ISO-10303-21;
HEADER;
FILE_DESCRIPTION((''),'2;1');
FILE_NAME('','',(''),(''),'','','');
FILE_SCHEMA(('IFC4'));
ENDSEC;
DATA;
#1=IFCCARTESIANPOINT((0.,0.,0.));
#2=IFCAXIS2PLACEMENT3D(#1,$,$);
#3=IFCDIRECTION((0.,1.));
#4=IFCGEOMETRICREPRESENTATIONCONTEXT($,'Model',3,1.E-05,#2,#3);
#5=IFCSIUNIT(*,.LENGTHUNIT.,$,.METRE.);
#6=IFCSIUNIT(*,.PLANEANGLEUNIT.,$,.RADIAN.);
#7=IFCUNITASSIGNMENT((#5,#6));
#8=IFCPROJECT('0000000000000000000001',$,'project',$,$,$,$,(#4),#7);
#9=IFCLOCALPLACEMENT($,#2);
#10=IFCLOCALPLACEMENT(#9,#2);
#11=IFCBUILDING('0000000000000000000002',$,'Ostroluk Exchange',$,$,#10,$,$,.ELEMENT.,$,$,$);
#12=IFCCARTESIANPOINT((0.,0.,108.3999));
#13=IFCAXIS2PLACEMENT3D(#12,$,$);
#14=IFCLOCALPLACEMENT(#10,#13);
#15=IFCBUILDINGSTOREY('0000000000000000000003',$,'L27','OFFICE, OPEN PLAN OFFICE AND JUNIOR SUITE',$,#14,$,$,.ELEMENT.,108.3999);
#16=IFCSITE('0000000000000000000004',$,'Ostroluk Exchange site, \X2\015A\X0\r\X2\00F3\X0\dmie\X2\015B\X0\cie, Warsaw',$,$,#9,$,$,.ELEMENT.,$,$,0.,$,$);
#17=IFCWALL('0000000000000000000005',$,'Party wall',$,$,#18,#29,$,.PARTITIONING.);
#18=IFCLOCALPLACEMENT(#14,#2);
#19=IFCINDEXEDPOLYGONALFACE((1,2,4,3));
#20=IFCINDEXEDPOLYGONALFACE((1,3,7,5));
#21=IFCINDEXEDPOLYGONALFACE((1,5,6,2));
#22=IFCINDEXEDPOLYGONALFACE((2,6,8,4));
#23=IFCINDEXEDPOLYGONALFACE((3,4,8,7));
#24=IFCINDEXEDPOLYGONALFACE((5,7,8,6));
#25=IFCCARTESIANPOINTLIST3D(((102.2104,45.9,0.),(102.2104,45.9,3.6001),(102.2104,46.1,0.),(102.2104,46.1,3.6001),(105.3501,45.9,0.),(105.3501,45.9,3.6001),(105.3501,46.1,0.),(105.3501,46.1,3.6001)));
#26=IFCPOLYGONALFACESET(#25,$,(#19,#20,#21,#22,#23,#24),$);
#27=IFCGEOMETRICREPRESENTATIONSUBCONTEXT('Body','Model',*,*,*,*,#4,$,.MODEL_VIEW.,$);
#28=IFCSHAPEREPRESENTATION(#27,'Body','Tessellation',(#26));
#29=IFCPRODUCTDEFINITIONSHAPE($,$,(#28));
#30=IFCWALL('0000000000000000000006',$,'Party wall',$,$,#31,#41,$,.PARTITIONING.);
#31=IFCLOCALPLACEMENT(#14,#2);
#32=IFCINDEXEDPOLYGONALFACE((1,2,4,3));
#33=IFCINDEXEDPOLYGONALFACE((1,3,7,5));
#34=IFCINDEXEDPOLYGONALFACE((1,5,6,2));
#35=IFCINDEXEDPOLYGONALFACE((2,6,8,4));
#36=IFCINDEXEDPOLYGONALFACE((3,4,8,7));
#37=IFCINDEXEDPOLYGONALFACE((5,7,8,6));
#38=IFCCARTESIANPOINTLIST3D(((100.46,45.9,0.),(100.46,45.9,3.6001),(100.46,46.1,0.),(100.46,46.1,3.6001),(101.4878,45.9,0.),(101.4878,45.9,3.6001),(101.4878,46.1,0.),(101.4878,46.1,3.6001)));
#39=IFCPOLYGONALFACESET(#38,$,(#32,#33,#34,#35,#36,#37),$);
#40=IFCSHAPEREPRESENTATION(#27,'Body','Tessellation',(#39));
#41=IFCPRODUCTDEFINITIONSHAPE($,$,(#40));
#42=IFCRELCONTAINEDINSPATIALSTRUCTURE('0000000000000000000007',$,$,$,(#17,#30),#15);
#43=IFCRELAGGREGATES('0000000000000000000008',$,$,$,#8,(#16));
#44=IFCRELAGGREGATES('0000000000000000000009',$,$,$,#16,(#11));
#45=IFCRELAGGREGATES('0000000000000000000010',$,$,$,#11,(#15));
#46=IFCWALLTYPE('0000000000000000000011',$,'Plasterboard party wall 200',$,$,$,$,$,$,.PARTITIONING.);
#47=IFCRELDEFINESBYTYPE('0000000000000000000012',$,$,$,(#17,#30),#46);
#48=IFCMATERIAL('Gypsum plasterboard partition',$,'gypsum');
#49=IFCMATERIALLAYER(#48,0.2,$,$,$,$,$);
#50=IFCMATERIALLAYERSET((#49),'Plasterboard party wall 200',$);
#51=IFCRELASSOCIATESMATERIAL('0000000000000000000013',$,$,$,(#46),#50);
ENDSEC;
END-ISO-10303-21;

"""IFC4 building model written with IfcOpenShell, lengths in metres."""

from ifc_helpers import new_model, si_unit, direction, frame, frame_2d, origin, place, context, subcontext, project, spatial, rectangle, extrude, material, layer, layer_set, type_object, element, save


model = new_model("IFC4")

# Units and contexts
model_context = context("Model", 3, precision=1e-05, world=origin(), true_north=direction((0.0, 1.0)))
body_context = subcontext(model_context, "Body", "Model", "MODEL_VIEW")
ifc_project = project(units=[si_unit("LENGTHUNIT", "METRE"), si_unit("PLANEANGLEUNIT", "RADIAN")], contexts=[model_context])

# Site, building, storey
site_placement = place(None, origin())
site = spatial("IfcSite", under=ifc_project, at=site_placement, Name="Ostroluk Exchange site, Śródmieście, Warsaw", CompositionType="ELEMENT", RefElevation=0.0)
building_placement = place(site_placement, origin())
building = spatial("IfcBuilding", under=site, at=building_placement, Name="Ostroluk Exchange", CompositionType="ELEMENT")
storey_placement = place(building_placement, frame((0.0, 0.0, 108.3999)))
storey = spatial("IfcBuildingStorey", under=building, at=storey_placement, Name="L27", Description="OFFICE, OPEN PLAN OFFICE AND JUNIOR SUITE", CompositionType="ELEMENT", Elevation=108.3999)

# Walls
ifc_material_1 = material(Name="Gypsum plasterboard partition", Category="gypsum")
ifc_layer_1 = layer(ifc_material_1, 0.2)
ifc_layer_set_1 = layer_set([ifc_layer_1], Name="Plasterboard party wall 200")
wall_type_1 = type_object("IfcWallType", Name="Plasterboard party wall 200", PredefinedType="PARTITIONING", material=ifc_layer_set_1)
wall_1_placement = place(storey_placement, frame((105.3501, 46.0, 0.0), z_axis=(0.0, 0.0, 1.0), x_axis=(-1.0, 0.0, 0.0)))
element("IfcWall", 1, at=wall_1_placement, inside=storey, type_object=wall_type_1, Name="Party wall", PredefinedType="PARTITIONING", context=body_context, shape_type="SweptSolid", body=[
    extrude(rectangle(XDim=3.1396, YDim=0.2, at=frame_2d((1.5698, 0.0))), origin(), (0.0, 0.0, 1.0), 3.6001),
])
wall_2_placement = place(storey_placement, frame((101.4878, 46.0, 0.0), z_axis=(0.0, 0.0, 1.0), x_axis=(-1.0, 0.0, 0.0)))
element("IfcWall", 2, at=wall_2_placement, inside=storey, type_object=wall_type_1, Name="Party wall", PredefinedType="PARTITIONING", context=body_context, shape_type="SweptSolid", body=[
    extrude(rectangle(XDim=1.0278, YDim=0.2, at=frame_2d((0.5139, 0.0))), origin(), (0.0, 0.0, 1.0), 3.6001),
])

save(model, "model.ifc")
